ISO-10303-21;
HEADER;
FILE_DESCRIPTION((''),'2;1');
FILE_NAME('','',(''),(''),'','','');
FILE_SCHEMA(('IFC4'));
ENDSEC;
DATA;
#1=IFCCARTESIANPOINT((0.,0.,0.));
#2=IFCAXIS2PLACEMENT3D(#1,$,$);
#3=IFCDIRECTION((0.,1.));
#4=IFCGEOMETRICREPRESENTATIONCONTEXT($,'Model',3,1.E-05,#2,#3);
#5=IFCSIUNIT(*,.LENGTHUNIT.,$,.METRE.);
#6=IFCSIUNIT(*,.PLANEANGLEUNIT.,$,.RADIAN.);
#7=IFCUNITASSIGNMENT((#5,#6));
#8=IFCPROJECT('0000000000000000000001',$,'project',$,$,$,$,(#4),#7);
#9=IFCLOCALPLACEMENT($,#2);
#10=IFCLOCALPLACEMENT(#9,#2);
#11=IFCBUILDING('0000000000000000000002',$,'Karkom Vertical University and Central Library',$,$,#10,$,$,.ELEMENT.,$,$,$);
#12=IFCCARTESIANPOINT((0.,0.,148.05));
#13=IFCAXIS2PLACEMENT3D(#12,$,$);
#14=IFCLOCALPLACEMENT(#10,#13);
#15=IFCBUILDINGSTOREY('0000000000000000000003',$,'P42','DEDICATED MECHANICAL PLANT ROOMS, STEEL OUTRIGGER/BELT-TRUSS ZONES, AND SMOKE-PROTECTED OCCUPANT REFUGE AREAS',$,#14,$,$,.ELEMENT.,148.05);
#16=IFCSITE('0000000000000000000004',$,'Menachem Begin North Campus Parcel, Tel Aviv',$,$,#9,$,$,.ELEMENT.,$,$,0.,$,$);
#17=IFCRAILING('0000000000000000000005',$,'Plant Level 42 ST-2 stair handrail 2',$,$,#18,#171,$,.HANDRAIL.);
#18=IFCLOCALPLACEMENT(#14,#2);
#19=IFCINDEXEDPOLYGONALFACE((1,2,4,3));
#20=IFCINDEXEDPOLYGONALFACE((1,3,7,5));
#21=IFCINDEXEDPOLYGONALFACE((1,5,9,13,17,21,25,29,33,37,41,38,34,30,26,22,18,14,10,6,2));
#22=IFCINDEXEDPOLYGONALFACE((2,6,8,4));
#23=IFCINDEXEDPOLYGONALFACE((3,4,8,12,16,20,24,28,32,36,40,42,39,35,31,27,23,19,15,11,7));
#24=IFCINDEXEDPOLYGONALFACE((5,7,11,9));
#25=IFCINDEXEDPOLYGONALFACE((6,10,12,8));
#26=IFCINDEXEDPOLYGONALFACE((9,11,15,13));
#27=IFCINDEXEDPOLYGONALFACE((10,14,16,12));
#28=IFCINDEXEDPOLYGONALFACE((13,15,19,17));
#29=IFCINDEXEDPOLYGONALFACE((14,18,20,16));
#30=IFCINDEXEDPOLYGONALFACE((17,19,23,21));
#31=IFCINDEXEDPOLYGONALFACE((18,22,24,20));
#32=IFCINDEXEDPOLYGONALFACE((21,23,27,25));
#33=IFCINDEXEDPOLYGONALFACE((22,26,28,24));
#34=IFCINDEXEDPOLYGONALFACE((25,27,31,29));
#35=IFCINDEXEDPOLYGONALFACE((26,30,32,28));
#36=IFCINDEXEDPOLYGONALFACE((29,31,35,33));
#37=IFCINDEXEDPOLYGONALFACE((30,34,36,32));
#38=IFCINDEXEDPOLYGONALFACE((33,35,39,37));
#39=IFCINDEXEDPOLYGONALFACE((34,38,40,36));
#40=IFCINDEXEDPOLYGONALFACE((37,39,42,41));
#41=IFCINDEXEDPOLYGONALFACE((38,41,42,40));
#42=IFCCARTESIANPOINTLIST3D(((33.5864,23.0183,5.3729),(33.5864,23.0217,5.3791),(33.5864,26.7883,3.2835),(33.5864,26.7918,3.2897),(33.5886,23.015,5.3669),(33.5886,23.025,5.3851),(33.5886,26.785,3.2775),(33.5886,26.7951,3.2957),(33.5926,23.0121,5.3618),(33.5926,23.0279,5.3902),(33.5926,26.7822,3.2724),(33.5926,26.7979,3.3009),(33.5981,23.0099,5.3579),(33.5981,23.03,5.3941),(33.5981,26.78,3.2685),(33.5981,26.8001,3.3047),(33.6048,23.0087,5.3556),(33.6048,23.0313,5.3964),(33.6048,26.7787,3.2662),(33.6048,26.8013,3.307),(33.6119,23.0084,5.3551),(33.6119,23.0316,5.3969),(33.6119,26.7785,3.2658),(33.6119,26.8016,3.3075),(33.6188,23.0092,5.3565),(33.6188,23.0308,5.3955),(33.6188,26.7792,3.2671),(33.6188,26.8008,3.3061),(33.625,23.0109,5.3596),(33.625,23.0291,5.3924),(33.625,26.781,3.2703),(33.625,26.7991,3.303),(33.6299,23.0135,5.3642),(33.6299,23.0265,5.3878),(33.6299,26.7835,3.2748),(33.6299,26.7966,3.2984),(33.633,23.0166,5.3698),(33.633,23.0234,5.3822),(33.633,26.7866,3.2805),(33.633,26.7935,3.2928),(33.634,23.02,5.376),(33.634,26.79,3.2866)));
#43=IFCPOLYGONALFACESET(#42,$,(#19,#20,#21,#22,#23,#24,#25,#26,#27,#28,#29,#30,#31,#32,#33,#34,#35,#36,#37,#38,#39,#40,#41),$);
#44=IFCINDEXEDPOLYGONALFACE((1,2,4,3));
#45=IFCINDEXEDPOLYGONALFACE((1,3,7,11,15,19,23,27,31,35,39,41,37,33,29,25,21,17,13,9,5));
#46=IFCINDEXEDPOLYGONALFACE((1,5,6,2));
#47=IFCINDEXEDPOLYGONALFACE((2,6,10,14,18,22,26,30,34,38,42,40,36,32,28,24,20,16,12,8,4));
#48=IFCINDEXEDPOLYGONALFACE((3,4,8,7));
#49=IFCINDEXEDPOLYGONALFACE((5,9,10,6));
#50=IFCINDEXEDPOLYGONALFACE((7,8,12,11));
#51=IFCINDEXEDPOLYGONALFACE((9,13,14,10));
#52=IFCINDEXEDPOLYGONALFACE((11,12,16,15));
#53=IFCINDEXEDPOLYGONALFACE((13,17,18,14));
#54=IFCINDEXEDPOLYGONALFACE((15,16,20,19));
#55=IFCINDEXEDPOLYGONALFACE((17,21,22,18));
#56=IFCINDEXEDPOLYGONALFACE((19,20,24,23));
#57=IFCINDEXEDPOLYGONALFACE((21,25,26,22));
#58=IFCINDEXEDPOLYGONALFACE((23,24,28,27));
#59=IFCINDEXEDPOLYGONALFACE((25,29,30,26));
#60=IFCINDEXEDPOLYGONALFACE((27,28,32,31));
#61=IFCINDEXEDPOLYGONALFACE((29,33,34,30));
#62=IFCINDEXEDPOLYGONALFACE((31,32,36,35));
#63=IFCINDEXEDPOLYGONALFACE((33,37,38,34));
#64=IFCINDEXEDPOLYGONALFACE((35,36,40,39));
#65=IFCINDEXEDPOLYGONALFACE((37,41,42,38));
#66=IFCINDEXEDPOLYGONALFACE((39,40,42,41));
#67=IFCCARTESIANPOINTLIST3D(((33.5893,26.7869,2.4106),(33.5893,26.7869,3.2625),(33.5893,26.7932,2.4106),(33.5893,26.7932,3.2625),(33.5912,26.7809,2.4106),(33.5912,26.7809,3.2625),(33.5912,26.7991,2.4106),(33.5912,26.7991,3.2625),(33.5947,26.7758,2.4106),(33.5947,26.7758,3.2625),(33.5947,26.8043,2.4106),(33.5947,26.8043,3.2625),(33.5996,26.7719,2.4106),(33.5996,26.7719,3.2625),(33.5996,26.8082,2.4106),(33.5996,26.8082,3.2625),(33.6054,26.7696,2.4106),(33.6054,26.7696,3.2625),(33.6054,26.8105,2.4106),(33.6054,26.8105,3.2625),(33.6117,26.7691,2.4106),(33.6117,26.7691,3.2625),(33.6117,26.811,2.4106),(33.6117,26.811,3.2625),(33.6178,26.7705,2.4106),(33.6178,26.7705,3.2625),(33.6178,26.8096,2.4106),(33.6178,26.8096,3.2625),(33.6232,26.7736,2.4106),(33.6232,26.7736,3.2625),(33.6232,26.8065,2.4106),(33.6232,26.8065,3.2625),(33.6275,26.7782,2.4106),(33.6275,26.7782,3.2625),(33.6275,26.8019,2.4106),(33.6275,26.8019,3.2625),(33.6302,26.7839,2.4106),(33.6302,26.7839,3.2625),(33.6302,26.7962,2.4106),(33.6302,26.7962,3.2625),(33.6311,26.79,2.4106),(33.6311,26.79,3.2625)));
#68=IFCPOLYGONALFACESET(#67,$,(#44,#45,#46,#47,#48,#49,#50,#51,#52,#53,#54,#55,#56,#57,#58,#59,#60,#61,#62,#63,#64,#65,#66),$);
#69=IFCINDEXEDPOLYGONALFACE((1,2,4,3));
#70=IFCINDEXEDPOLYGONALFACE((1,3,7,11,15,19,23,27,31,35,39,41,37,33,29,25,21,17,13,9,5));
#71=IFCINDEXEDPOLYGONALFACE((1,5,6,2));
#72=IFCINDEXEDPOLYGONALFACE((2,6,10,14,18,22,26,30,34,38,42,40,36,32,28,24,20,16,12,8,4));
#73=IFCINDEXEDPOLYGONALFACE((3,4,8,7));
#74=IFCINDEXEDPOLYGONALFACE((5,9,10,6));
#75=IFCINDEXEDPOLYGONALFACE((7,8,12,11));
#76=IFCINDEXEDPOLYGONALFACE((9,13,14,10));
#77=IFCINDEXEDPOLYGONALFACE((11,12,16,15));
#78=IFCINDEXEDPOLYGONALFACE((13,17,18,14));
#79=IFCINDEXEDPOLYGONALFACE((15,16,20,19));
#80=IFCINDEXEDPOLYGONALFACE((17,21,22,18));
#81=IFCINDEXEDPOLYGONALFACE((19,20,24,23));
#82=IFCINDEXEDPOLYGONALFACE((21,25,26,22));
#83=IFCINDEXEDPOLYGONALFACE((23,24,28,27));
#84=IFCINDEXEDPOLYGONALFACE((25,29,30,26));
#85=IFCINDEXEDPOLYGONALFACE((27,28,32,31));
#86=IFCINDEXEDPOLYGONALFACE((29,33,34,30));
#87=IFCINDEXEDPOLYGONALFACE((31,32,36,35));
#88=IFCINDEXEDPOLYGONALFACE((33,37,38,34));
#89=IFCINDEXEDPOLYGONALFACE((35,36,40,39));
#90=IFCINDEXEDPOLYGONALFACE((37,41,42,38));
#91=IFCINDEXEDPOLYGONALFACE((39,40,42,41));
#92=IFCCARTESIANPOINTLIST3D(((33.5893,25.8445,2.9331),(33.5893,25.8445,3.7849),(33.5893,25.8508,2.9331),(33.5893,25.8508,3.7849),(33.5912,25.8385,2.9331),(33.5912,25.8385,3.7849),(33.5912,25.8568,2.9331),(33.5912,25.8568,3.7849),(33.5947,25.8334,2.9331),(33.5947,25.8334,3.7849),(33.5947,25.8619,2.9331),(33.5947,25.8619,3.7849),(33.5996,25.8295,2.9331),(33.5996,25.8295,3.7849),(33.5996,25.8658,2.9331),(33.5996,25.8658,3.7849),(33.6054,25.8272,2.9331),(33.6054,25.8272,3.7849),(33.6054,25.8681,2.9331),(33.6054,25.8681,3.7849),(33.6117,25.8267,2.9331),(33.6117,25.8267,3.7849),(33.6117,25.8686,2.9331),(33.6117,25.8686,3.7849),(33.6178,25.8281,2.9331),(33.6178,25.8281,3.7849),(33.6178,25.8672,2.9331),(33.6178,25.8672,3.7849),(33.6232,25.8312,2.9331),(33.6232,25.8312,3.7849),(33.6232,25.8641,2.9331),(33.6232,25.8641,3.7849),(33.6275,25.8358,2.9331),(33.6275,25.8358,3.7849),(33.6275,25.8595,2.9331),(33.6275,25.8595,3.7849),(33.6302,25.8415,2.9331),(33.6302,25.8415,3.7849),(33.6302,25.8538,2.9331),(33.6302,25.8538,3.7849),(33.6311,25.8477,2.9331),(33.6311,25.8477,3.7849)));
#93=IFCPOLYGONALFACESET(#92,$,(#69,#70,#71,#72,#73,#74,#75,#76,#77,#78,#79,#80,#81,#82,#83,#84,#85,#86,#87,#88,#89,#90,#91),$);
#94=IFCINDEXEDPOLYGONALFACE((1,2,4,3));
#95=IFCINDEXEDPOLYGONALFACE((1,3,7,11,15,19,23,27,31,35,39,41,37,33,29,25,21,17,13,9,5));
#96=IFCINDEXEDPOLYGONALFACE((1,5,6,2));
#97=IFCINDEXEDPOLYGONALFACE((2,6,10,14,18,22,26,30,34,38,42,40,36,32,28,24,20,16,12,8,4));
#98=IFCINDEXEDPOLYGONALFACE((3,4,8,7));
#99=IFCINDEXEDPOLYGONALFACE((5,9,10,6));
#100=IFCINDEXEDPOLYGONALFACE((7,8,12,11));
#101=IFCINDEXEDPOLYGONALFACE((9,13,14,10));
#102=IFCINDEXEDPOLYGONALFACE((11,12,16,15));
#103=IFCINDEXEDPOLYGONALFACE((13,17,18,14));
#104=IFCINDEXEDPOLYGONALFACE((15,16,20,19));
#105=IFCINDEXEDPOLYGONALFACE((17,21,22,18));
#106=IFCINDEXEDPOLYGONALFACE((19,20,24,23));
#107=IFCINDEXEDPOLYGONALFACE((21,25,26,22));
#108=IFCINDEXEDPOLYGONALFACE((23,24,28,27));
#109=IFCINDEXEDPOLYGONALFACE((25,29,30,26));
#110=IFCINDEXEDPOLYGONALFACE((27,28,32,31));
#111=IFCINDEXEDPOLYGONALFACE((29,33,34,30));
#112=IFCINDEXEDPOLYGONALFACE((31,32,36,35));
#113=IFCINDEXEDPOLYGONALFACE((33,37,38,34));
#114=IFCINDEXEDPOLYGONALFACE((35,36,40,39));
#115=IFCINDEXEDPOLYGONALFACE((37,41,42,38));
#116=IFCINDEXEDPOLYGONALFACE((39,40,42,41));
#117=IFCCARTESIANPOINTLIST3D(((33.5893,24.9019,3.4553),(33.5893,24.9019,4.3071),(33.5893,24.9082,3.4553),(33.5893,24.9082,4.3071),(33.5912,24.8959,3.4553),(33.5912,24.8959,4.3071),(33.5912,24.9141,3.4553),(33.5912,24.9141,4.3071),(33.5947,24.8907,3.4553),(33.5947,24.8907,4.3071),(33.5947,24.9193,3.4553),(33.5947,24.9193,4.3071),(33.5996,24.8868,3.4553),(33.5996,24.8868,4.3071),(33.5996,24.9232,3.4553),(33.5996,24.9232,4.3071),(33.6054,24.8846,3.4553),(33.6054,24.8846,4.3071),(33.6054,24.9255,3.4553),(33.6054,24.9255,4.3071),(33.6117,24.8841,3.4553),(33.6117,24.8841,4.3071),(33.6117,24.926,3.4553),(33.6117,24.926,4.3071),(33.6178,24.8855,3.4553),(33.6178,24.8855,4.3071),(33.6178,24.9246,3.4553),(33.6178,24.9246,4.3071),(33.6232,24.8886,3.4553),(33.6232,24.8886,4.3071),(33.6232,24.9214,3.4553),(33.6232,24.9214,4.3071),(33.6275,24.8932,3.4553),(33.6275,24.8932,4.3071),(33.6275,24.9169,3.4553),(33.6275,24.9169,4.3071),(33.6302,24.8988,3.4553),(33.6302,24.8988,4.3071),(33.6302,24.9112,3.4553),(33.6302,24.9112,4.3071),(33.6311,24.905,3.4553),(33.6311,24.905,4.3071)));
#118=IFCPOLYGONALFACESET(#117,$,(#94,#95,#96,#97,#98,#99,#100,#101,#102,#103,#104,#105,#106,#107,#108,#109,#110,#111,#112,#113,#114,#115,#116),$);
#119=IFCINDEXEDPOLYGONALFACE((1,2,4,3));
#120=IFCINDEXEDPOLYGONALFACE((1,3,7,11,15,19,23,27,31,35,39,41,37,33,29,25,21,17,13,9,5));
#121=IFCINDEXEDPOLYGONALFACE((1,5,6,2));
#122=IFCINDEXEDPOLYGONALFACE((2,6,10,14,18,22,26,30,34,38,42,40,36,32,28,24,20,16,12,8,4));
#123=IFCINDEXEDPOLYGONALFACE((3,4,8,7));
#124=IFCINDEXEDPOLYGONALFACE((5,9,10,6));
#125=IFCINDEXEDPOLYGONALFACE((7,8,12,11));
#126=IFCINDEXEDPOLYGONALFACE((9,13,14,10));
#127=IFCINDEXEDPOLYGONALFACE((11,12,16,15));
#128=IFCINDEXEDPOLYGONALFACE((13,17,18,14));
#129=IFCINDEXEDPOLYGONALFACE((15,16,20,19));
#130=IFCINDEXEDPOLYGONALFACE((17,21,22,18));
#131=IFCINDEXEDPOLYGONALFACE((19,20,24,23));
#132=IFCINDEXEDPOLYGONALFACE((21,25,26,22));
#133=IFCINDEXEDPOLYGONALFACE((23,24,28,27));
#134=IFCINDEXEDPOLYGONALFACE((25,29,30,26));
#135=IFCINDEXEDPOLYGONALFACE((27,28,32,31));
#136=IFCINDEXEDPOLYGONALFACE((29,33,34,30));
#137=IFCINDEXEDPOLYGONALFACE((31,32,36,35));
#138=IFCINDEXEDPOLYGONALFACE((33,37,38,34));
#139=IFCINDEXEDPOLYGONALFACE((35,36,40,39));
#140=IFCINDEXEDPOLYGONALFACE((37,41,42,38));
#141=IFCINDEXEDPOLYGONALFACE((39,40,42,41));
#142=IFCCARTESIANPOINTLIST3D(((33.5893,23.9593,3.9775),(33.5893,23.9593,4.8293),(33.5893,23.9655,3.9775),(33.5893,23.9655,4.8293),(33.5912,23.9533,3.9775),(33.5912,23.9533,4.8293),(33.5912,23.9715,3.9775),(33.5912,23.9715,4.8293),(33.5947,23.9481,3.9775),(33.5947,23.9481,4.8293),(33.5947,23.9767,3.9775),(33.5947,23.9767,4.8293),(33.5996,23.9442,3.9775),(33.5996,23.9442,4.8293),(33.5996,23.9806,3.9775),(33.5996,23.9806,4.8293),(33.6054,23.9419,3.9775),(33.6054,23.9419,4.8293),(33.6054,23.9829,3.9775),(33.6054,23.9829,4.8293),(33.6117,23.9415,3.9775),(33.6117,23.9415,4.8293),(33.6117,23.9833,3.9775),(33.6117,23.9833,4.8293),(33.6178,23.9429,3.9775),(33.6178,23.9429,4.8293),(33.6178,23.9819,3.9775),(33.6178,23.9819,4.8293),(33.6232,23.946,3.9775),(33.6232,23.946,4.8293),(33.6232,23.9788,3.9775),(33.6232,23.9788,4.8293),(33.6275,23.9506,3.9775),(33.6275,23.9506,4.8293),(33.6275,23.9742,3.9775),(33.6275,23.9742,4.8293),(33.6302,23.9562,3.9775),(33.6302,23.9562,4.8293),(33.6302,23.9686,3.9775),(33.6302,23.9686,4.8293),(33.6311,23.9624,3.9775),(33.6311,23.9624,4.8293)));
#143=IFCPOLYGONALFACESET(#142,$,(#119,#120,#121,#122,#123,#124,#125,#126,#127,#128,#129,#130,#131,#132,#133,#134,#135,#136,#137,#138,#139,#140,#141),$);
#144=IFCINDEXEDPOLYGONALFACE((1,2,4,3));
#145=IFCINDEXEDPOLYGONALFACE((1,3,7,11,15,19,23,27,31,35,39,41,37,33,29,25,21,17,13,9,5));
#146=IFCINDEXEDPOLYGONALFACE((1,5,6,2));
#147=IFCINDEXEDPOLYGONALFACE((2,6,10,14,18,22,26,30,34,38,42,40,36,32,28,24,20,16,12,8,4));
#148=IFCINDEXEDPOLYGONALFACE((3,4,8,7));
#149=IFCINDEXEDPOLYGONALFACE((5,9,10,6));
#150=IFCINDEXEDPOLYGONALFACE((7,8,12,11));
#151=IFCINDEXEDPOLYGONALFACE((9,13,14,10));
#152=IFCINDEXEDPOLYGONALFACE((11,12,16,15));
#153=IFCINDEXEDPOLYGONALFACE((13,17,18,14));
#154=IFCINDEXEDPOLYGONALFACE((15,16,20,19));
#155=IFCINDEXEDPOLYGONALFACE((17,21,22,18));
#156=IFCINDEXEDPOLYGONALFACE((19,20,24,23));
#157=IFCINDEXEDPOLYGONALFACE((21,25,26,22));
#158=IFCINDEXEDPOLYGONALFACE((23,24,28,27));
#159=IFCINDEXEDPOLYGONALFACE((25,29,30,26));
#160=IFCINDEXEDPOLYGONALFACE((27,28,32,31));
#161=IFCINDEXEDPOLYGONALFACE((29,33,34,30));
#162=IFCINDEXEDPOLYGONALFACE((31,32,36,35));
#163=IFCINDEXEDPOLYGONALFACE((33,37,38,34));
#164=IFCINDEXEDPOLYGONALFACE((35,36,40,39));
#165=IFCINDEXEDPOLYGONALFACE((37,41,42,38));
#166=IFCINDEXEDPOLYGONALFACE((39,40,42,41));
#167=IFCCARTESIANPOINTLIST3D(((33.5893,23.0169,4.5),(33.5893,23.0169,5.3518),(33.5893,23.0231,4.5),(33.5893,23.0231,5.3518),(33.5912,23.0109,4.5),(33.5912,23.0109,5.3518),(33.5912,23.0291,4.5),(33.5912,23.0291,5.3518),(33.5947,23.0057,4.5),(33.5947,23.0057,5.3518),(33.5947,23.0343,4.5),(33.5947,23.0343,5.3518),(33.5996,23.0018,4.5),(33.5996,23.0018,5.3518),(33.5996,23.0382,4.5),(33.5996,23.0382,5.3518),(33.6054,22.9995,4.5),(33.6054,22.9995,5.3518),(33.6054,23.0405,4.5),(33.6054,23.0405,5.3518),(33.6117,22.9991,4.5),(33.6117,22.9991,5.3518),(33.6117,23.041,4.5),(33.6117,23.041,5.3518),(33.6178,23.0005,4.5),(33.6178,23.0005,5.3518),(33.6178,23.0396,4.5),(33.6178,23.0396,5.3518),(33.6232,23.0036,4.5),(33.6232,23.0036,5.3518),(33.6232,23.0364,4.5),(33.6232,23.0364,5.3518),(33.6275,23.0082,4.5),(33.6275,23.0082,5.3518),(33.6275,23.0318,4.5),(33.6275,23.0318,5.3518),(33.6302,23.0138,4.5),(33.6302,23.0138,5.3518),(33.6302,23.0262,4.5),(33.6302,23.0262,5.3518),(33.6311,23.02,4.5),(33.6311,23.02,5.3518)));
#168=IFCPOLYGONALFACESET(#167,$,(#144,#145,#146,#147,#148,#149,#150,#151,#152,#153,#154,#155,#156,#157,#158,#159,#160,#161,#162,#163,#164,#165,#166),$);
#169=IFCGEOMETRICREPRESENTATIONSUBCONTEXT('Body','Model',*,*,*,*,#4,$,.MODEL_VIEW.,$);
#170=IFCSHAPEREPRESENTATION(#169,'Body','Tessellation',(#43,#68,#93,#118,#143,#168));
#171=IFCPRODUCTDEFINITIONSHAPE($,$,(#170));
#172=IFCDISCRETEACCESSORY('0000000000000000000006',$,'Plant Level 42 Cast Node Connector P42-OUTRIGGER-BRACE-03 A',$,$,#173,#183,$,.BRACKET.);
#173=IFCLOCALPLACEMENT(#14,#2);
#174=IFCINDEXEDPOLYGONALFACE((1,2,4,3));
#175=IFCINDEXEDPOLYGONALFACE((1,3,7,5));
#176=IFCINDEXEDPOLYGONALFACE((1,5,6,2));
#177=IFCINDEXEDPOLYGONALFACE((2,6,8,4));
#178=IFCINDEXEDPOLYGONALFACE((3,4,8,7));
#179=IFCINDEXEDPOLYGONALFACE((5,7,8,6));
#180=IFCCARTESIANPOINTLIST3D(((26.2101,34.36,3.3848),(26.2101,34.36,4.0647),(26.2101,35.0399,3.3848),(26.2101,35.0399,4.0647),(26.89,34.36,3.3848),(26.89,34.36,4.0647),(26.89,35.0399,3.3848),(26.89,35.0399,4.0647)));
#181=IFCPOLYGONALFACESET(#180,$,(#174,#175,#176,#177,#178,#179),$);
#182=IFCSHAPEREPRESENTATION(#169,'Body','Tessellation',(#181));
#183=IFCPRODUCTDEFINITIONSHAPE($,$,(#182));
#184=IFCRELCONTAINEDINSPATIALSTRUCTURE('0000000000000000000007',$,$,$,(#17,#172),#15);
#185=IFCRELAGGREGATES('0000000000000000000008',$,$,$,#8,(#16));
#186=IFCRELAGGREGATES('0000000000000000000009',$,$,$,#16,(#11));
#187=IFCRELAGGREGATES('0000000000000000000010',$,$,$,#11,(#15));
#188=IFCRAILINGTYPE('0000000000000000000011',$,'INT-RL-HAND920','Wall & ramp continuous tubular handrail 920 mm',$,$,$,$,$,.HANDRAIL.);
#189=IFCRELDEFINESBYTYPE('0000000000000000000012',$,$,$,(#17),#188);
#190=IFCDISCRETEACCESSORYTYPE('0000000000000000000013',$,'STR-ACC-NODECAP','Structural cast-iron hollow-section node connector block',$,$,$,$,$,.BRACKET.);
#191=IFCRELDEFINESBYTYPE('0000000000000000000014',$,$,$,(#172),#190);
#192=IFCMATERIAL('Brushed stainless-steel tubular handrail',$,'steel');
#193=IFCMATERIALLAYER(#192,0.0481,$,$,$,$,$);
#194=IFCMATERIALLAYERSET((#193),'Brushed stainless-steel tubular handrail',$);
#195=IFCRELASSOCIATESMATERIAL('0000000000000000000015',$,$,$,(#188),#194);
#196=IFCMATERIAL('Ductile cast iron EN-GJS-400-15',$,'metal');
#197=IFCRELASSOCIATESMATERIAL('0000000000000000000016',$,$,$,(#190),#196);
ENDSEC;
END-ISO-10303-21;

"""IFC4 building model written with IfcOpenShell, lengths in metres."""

from ifc_helpers import new_model, si_unit, direction, frame, origin, origin_with_axes, origin_2d, place, context, subcontext, project, spatial, rectangle, circle, extrude, source, transform, mapped, material, layer, layer_set, type_object, element, save


model = new_model("IFC4")

# Units and contexts
model_context = context("Model", 3, precision=1e-05, world=origin(), true_north=direction((0.0, 1.0)))
body_context = subcontext(model_context, "Body", "Model", "MODEL_VIEW")
ifc_project = project(units=[si_unit("LENGTHUNIT", "METRE"), si_unit("PLANEANGLEUNIT", "RADIAN")], contexts=[model_context])

# Site, building, storey
site_placement = place(None, origin())
site = spatial("IfcSite", under=ifc_project, at=site_placement, Name="Menachem Begin North Campus Parcel, Tel Aviv", CompositionType="ELEMENT", RefElevation=0.0)
building_placement = place(site_placement, origin())
building = spatial("IfcBuilding", under=site, at=building_placement, Name="Karkom Vertical University and Central Library", CompositionType="ELEMENT")
storey_placement = place(building_placement, frame((0.0, 0.0, 148.05)))
storey = spatial("IfcBuildingStorey", under=building, at=storey_placement, Name="P42", Description="DEDICATED MECHANICAL PLANT ROOMS, STEEL OUTRIGGER/BELT-TRUSS ZONES, AND SMOKE-PROTECTED OCCUPANT REFUGE AREAS", CompositionType="ELEMENT", Elevation=148.05)

# Railing
ifc_material_1 = material(Name="Brushed stainless-steel tubular handrail", Category="steel")
ifc_layer_1 = layer(ifc_material_1, 0.0481)
ifc_layer_set_1 = layer_set([ifc_layer_1], Name="Brushed stainless-steel tubular handrail")
railing_type = type_object("IfcRailingType", Name="INT-RL-HAND920", Description="Wall & ramp continuous tubular handrail 920 mm", PredefinedType="HANDRAIL", material=ifc_layer_set_1)
railing_placement = place(storey_placement, frame((33.6101, 26.79, 2.4106)))
element("IfcRailing", 1, at=railing_placement, inside=storey, type_object=railing_type, Name="Plant Level 42 ST-2 stair handrail 2", PredefinedType="HANDRAIL", context=body_context, shape_type="SweptSolid", body=[
    extrude(circle(Radius=0.0239, at=origin_2d()), frame((0.0, 0.0, 0.876), z_axis=(0.0, -0.874659, 0.484739), x_axis=(1.0, 0.0, 0.0)), (0.0, 0.0, 1.0), 4.3103),
    extrude(circle(Radius=0.021, at=origin_2d()), origin(), (0.0, 0.0, 1.0), 0.8518),
    extrude(circle(Radius=0.021, at=origin_2d()), frame((0.0, -0.9424, 0.5225)), (0.0, 0.0, 1.0), 0.8518),
    extrude(circle(Radius=0.021, at=origin_2d()), frame((0.0, -1.885, 1.0447)), (0.0, 0.0, 1.0), 0.8518),
    extrude(circle(Radius=0.021, at=origin_2d()), frame((0.0, -2.8276, 1.5669)), (0.0, 0.0, 1.0), 0.8518),
    extrude(circle(Radius=0.021, at=origin_2d()), frame((0.0, -3.77, 2.0894)), (0.0, 0.0, 1.0), 0.8518),
])

# Discrete accessory
ifc_material_2 = material(Name="Ductile cast iron EN-GJS-400-15", Category="metal")
discrete_accessory_type = type_object("IfcDiscreteAccessoryType", Name="STR-ACC-NODECAP", Description="Structural cast-iron hollow-section node connector block", PredefinedType="BRACKET", material=ifc_material_2)
shared_shape_1 = source(origin_with_axes(), body_context, "Body", "SweptSolid", [
    extrude(rectangle(XDim=0.6799, YDim=0.6799, at=origin_2d()), origin(), (0.0, 0.0, 1.0), 0.6799),
])
discrete_accessory_placement = place(storey_placement, frame((26.55, 34.7, 3.3848), z_axis=(0.0, 0.0, 1.0), x_axis=(1.0, 0.0, 0.0)))
element("IfcDiscreteAccessory", 2, at=discrete_accessory_placement, inside=storey, type_object=discrete_accessory_type, Name="Plant Level 42 Cast Node Connector P42-OUTRIGGER-BRACE-03 A", PredefinedType="BRACKET", context=body_context, shape_type="MappedRepresentation", body=[
    mapped(shared_shape_1, transform((0.0, 0.0, 0.0), scale=1.0)),
])

save(model, "model.ifc")
